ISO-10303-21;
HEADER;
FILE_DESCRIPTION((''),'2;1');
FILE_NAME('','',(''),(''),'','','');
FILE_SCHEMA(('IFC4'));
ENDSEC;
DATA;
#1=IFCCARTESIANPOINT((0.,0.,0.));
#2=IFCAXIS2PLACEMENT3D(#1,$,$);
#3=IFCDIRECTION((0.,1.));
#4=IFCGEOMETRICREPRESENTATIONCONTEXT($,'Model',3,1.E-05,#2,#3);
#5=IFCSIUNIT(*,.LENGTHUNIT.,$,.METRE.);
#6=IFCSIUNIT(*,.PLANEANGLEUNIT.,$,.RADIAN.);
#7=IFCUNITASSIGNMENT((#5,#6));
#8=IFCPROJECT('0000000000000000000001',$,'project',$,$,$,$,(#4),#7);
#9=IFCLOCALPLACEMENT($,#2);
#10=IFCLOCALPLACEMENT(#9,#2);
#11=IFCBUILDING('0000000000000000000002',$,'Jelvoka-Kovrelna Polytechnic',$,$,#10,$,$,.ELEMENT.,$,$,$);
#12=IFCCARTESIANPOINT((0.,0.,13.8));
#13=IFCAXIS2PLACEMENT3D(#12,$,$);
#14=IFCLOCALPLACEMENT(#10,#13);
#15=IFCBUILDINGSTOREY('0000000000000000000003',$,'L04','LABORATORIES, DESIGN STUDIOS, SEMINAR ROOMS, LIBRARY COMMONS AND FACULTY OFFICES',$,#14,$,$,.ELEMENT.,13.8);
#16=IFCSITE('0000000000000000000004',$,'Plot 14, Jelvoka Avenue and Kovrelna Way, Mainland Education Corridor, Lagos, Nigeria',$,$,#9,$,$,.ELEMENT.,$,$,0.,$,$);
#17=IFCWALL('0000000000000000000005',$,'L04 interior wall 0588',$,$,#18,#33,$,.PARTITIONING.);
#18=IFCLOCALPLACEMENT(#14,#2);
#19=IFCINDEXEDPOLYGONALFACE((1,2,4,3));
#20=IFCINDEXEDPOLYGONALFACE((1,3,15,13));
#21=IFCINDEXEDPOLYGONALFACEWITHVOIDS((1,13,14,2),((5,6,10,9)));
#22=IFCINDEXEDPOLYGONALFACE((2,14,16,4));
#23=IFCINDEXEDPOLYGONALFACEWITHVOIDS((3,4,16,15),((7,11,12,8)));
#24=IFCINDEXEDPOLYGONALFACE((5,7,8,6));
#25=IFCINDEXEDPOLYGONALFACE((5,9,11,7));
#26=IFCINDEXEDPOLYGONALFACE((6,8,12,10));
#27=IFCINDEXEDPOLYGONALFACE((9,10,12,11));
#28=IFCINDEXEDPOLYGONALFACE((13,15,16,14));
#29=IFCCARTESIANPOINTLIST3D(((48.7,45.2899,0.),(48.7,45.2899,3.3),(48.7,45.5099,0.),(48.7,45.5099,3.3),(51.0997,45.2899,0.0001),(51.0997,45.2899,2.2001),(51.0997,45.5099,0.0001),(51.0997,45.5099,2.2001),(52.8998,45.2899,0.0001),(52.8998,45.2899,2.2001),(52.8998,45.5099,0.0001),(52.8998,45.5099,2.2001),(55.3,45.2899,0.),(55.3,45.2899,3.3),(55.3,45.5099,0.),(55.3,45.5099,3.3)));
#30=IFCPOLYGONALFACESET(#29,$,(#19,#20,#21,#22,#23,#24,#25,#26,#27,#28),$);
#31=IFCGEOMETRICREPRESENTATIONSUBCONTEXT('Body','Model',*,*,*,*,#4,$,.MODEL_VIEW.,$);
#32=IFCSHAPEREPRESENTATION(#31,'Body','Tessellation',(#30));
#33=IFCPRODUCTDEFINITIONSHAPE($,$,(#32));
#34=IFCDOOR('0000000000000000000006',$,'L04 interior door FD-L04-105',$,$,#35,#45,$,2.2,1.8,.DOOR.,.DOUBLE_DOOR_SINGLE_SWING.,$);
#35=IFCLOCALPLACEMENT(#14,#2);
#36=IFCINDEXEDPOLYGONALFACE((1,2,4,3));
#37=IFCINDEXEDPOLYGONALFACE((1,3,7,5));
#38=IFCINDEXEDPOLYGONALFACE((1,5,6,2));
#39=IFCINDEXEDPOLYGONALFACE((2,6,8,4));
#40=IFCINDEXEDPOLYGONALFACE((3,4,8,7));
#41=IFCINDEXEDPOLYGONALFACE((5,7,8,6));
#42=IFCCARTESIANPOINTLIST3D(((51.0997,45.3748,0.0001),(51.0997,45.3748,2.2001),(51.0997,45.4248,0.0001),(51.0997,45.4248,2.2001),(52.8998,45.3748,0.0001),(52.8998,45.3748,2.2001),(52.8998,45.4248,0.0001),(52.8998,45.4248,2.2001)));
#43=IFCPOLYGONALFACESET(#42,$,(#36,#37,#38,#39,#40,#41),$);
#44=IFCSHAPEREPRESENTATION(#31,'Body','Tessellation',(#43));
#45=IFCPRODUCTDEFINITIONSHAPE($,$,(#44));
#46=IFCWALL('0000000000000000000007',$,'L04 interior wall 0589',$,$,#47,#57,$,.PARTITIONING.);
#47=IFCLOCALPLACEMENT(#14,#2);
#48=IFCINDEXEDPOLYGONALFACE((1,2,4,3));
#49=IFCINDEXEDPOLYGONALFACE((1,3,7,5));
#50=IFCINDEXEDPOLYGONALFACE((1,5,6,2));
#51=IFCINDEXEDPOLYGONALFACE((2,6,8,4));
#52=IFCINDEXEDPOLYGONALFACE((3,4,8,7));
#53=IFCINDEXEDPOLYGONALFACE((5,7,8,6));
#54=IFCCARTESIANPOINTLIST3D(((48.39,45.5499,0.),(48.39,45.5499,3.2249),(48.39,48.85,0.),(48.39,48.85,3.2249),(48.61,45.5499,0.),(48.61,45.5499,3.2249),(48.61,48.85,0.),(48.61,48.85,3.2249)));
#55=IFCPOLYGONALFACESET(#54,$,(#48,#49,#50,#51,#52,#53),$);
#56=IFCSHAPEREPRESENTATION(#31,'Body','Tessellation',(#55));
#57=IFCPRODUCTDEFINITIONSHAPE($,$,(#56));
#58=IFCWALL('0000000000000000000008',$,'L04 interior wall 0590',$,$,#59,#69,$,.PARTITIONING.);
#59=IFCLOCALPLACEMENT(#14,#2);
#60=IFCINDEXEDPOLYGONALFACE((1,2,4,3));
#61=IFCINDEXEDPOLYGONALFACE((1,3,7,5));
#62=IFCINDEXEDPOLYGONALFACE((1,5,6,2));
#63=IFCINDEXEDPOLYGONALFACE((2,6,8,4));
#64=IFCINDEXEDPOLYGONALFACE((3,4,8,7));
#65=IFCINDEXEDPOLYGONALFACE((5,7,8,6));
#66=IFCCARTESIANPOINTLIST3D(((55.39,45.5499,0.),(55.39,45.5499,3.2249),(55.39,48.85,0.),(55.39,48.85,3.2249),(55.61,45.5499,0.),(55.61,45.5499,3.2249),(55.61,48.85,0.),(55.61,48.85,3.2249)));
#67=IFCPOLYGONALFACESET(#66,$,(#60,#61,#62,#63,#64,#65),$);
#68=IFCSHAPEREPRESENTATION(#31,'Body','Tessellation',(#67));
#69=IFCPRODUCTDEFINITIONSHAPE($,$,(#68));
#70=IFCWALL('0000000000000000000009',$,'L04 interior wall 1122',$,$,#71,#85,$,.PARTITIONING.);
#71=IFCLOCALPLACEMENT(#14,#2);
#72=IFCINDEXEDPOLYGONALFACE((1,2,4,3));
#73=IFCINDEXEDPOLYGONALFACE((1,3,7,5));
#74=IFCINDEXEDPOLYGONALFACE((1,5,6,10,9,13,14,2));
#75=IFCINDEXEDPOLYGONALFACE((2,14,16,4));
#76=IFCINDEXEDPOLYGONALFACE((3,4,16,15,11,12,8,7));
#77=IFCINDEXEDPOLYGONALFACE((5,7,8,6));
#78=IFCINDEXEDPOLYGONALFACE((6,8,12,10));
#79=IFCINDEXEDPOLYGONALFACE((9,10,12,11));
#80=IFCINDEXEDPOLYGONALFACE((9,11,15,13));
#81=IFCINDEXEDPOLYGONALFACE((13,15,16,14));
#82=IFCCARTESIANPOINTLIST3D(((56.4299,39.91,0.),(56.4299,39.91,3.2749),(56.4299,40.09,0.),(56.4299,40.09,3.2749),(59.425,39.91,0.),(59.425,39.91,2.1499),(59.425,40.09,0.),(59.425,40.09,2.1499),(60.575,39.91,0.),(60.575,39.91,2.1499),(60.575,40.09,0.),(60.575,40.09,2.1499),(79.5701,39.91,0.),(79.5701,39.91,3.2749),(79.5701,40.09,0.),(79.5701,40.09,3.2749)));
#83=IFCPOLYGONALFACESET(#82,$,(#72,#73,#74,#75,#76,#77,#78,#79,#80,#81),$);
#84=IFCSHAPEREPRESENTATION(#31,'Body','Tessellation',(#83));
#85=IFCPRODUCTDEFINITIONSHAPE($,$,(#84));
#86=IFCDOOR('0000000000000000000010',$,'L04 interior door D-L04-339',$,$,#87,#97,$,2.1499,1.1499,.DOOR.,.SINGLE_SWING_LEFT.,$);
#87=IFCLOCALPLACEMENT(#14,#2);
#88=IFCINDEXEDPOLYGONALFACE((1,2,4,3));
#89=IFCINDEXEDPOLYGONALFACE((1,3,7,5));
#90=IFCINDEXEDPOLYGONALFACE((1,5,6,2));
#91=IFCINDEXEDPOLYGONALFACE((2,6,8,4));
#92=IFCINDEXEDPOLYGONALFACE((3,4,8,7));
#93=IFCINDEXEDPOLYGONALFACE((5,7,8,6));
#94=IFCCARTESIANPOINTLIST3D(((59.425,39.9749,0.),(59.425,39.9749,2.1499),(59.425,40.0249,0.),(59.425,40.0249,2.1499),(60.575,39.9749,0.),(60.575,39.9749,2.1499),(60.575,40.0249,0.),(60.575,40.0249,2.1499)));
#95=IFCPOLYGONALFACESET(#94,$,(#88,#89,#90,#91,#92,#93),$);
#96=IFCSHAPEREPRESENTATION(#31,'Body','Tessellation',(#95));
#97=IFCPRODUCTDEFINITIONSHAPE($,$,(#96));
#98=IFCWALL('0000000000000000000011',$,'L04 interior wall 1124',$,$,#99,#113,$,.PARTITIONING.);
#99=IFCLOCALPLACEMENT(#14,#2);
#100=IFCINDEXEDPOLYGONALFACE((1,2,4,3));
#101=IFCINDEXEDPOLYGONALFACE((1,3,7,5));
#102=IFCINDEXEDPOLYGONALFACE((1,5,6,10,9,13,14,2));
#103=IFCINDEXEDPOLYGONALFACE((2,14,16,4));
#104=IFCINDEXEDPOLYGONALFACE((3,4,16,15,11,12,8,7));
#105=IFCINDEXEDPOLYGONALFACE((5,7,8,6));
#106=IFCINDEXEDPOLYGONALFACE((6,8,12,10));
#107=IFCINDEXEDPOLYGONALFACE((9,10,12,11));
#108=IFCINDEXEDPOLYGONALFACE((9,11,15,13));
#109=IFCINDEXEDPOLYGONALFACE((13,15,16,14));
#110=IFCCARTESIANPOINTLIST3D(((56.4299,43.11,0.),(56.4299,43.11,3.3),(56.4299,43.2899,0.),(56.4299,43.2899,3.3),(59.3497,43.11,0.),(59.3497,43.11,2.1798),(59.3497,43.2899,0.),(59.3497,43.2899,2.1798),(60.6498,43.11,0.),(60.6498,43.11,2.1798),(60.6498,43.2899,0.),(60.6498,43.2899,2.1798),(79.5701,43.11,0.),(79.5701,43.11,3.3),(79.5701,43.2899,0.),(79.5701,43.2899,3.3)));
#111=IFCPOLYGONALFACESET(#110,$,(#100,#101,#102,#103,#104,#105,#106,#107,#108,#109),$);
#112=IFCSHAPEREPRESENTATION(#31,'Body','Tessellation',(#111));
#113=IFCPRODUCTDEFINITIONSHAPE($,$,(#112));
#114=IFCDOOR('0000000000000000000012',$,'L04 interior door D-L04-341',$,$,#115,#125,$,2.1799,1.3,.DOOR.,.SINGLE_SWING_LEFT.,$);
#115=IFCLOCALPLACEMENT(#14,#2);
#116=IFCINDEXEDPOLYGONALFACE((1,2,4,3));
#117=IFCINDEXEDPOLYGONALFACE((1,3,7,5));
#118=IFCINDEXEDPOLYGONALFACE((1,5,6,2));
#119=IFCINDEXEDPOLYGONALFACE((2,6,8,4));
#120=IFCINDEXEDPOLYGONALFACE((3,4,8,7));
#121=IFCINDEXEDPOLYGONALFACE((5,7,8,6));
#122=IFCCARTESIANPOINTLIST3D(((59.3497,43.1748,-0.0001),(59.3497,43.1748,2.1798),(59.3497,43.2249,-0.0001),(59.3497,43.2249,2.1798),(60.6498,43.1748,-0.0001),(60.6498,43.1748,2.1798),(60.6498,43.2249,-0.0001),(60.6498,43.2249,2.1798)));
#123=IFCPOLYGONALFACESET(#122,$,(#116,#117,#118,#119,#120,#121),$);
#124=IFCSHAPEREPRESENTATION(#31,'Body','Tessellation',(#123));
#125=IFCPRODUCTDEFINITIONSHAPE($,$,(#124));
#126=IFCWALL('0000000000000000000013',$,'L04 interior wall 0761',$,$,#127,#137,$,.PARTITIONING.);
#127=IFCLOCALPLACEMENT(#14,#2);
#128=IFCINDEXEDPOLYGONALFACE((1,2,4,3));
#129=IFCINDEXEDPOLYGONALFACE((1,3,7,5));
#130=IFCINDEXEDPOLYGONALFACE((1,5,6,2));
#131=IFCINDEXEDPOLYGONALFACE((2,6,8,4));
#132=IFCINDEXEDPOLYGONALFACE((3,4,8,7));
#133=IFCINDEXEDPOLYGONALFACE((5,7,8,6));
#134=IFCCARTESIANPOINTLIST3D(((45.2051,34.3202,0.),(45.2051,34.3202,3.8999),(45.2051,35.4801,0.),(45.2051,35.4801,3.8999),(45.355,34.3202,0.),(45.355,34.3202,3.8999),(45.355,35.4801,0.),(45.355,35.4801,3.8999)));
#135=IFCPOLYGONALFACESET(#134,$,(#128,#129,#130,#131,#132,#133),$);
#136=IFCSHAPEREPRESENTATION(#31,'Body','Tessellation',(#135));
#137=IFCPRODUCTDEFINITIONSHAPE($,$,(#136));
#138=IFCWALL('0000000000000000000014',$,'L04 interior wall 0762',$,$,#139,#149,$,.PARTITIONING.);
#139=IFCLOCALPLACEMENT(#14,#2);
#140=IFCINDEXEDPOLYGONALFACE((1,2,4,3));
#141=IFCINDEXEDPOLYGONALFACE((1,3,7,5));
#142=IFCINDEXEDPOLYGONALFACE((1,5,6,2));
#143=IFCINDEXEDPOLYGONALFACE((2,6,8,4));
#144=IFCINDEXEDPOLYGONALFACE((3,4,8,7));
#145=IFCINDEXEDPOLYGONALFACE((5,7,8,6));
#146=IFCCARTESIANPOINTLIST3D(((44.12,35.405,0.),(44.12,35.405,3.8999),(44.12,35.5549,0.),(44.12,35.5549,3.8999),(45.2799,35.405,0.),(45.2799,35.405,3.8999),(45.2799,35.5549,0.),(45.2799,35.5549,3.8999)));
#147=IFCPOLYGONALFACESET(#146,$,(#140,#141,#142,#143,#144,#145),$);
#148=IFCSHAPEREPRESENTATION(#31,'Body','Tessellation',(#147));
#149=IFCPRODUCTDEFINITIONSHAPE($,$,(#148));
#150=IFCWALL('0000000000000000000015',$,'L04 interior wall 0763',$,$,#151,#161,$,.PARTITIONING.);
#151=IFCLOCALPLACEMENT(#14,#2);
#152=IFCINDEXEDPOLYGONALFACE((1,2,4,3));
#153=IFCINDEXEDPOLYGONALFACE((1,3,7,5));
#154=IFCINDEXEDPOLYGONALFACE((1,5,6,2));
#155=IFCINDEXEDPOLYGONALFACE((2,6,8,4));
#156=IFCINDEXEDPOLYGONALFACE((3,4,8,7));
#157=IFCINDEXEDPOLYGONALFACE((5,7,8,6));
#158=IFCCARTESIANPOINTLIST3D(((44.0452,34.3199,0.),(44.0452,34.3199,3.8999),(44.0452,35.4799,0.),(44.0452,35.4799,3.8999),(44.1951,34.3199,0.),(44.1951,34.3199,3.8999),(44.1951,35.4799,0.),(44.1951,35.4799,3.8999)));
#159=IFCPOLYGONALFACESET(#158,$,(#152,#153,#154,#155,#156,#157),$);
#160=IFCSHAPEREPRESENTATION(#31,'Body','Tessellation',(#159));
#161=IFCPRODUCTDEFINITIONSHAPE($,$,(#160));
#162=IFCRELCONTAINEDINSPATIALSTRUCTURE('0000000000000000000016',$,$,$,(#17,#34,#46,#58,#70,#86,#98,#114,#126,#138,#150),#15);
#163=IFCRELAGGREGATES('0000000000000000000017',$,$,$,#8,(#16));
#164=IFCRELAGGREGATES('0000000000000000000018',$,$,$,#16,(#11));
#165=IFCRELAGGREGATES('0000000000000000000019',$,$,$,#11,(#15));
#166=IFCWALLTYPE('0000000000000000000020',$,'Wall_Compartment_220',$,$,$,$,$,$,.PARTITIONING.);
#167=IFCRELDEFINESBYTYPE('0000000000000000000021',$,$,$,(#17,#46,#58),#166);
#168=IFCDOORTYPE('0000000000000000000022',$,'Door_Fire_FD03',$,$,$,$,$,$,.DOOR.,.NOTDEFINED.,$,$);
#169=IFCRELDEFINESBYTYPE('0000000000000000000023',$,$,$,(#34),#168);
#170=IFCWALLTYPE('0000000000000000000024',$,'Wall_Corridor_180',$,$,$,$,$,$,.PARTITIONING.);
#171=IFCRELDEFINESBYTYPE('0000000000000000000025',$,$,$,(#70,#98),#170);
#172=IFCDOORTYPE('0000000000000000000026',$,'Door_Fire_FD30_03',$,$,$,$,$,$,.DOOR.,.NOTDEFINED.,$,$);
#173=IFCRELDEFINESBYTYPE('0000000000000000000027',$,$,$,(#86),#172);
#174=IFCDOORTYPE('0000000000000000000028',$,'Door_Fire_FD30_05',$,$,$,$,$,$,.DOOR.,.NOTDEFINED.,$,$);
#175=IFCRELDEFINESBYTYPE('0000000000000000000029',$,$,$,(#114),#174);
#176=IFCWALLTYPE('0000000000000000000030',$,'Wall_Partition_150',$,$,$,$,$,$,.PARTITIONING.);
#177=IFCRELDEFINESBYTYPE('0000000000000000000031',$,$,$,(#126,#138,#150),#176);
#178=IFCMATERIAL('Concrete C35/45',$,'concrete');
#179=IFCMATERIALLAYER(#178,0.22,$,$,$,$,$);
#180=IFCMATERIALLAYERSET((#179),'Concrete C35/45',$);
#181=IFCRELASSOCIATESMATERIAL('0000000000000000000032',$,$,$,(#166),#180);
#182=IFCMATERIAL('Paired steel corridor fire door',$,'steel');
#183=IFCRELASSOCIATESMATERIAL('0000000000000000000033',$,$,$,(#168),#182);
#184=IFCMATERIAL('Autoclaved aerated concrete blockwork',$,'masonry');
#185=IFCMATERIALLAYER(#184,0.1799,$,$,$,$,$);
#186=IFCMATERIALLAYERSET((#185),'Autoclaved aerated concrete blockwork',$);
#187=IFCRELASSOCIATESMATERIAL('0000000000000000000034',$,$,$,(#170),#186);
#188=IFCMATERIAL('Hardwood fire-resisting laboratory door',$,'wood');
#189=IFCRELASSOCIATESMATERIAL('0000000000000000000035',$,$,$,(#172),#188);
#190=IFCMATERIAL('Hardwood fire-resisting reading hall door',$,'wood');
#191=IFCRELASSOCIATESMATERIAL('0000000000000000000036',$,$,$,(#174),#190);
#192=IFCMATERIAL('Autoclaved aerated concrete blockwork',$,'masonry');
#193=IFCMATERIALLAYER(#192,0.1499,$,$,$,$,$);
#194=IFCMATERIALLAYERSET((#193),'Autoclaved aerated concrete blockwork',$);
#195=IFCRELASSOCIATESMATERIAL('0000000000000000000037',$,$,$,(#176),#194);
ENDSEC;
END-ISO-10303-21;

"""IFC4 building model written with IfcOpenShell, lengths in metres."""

from ifc_helpers import new_model, si_unit, direction, frame, frame_2d, origin, place, context, subcontext, project, spatial, rectangle, extrude, material, layer, layer_set, type_object, element, fill, save


model = new_model("IFC4")

# Units and contexts
model_context = context("Model", 3, precision=1e-05, world=origin(), true_north=direction((0.0, 1.0)))
body_context = subcontext(model_context, "Body", "Model", "MODEL_VIEW")
ifc_project = project(units=[si_unit("LENGTHUNIT", "METRE"), si_unit("PLANEANGLEUNIT", "RADIAN")], contexts=[model_context])

# Site, building, storey
site_placement = place(None, origin())
site = spatial("IfcSite", under=ifc_project, at=site_placement, Name="Plot 14, Jelvoka Avenue and Kovrelna Way, Mainland Education Corridor, Lagos, Nigeria", CompositionType="ELEMENT", RefElevation=0.0)
building_placement = place(site_placement, origin())
building = spatial("IfcBuilding", under=site, at=building_placement, Name="Jelvoka-Kovrelna Polytechnic", CompositionType="ELEMENT")
storey_placement = place(building_placement, frame((0.0, 0.0, 13.8)))
storey = spatial("IfcBuildingStorey", under=building, at=storey_placement, Name="L04", Description="LABORATORIES, DESIGN STUDIOS, SEMINAR ROOMS, LIBRARY COMMONS AND FACULTY OFFICES", CompositionType="ELEMENT", Elevation=13.8)

# Wall, opening, door
ifc_material_1 = material(Name="Concrete C35/45", Category="concrete")
ifc_layer_1 = layer(ifc_material_1, 0.22)
ifc_layer_set_1 = layer_set([ifc_layer_1], Name="Concrete C35/45")
wall_type_1 = type_object("IfcWallType", Name="Wall_Compartment_220", PredefinedType="PARTITIONING", material=ifc_layer_set_1)
wall_1_placement = place(storey_placement, frame((48.7, 45.3999, 0.0), z_axis=(0.0, 0.0, 1.0), x_axis=(1.0, 0.0, 0.0)))
wall_1 = element("IfcWall", 1, at=wall_1_placement, inside=storey, type_object=wall_type_1, Name="L04 interior wall 0588", PredefinedType="PARTITIONING", context=body_context, shape_type="SweptSolid", body=[
    extrude(rectangle(XDim=6.6001, YDim=0.22, at=frame_2d((3.3, 0.0))), origin(), (0.0, 0.0, 1.0), 3.3),
])
opening_1_placement = place(wall_1_placement, frame((2.3999, 0.0, 0.0)))
opening_1 = element("IfcOpeningElement", 2, at=opening_1_placement, cuts=wall_1, PredefinedType="OPENING", context=body_context, shape_type="SweptSolid", body=[
    extrude(rectangle(XDim=1.8, YDim=2.2, at=frame_2d((0.8999, 1.1001))), frame((0.0, 0.1199, 0.0), z_axis=(0.0, -1.0, 0.0), x_axis=(1.0, 0.0, 0.0)), (0.0, 0.0, 1.0), 0.24),
])
ifc_material_2 = material(Name="Paired steel corridor fire door", Category="steel")
door_type_1 = type_object("IfcDoorType", Name="Door_Fire_FD03", OperationType="NOTDEFINED", PredefinedType="DOOR", material=ifc_material_2)
door_1_placement = place(opening_1_placement, origin())
door_1 = element("IfcDoor", 3, at=door_1_placement, inside=storey, type_object=door_type_1, Name="L04 interior door FD-L04-105", OperationType="DOUBLE_DOOR_SINGLE_SWING", OverallHeight=2.2, OverallWidth=1.8, PredefinedType="DOOR", context=body_context, shape_type="SweptSolid", body=[
    extrude(rectangle(XDim=1.8, YDim=2.2, at=frame_2d((0.8999, 1.1001))), frame((0.0, 0.0249, 0.0), z_axis=(0.0, -1.0, 0.0), x_axis=(1.0, 0.0, 0.0)), (0.0, 0.0, 1.0), 0.05),
])
fill(opening_1, door_1)

# Walls
for number, where, z_axis, x_axis, name in (
    (4, (48.5, 45.55, 0.0), (0.0, 0.0, 1.0), (0.0, 1.0, 0.0), "L04 interior wall 0589"),
    (5, (55.5, 45.55, 0.0), (0.0, 0.0, 1.0), (0.0, 1.0, 0.0), "L04 interior wall 0590"),
):
    element("IfcWall", number, at=place(storey_placement, frame(where, z_axis=z_axis, x_axis=x_axis)), inside=storey, type_object=wall_type_1, Name=name, PredefinedType="PARTITIONING", context=body_context, shape_type="SweptSolid", body=[
        extrude(rectangle(XDim=3.3, YDim=0.22, at=frame_2d((1.6499, 0.0))), origin(), (0.0, 0.0, 1.0), 3.2249),
    ])

# Walls, openings, doors
ifc_material_3 = material(Name="Autoclaved aerated concrete blockwork", Category="masonry")
ifc_layer_2 = layer(ifc_material_3, 0.1799)
ifc_layer_set_2 = layer_set([ifc_layer_2], Name="Autoclaved aerated concrete blockwork")
wall_type_2 = type_object("IfcWallType", Name="Wall_Corridor_180", PredefinedType="PARTITIONING", material=ifc_layer_set_2)
wall_2_placement = place(storey_placement, frame((56.4299, 40.0, 0.0), z_axis=(0.0, 0.0, 1.0), x_axis=(1.0, 0.0, 0.0)))
wall_2 = element("IfcWall", 6, at=wall_2_placement, inside=storey, type_object=wall_type_2, Name="L04 interior wall 1122", PredefinedType="PARTITIONING", context=body_context, shape_type="SweptSolid", body=[
    extrude(rectangle(XDim=23.1401, YDim=0.1799, at=frame_2d((11.5701, 0.0))), origin(), (0.0, 0.0, 1.0), 3.2749),
])
opening_2_placement = place(wall_2_placement, frame((2.9951, 0.0, 0.0)))
opening_2 = element("IfcOpeningElement", 7, at=opening_2_placement, cuts=wall_2, PredefinedType="OPENING", context=body_context, shape_type="SweptSolid", body=[
    extrude(rectangle(XDim=1.1499, YDim=2.1499, at=frame_2d((0.575, 1.075))), frame((0.0, 0.0999, 0.0), z_axis=(0.0, -1.0, 0.0), x_axis=(1.0, 0.0, 0.0)), (0.0, 0.0, 1.0), 0.2),
])
ifc_material_4 = material(Name="Hardwood fire-resisting laboratory door", Category="wood")
door_type_2 = type_object("IfcDoorType", Name="Door_Fire_FD30_03", OperationType="NOTDEFINED", PredefinedType="DOOR", material=ifc_material_4)
door_2_placement = place(opening_2_placement, origin())
door_2 = element("IfcDoor", 8, at=door_2_placement, inside=storey, type_object=door_type_2, Name="L04 interior door D-L04-339", OperationType="SINGLE_SWING_LEFT", OverallHeight=2.1499, OverallWidth=1.1499, PredefinedType="DOOR", context=body_context, shape_type="SweptSolid", body=[
    extrude(rectangle(XDim=1.1499, YDim=2.1499, at=frame_2d((0.575, 1.075))), frame((0.0, 0.0249, 0.0), z_axis=(0.0, -1.0, 0.0), x_axis=(1.0, 0.0, 0.0)), (0.0, 0.0, 1.0), 0.05),
])
fill(opening_2, door_2)
wall_3_placement = place(storey_placement, frame((56.4299, 43.2, 0.0), z_axis=(0.0, 0.0, 1.0), x_axis=(1.0, 0.0, 0.0)))
wall_3 = element("IfcWall", 9, at=wall_3_placement, inside=storey, type_object=wall_type_2, Name="L04 interior wall 1124", PredefinedType="PARTITIONING", context=body_context, shape_type="SweptSolid", body=[
    extrude(rectangle(XDim=23.1401, YDim=0.1799, at=frame_2d((11.5701, 0.0))), origin(), (0.0, 0.0, 1.0), 3.3),
])
opening_3_placement = place(wall_3_placement, frame((2.9199, 0.0, 0.0)))
opening_3 = element("IfcOpeningElement", 10, at=opening_3_placement, cuts=wall_3, PredefinedType="OPENING", context=body_context, shape_type="SweptSolid", body=[
    extrude(rectangle(XDim=1.3, YDim=2.1799, at=frame_2d((0.6499, 1.0898))), frame((0.0, 0.0999, 0.0), z_axis=(0.0, -1.0, 0.0), x_axis=(1.0, 0.0, 0.0)), (0.0, 0.0, 1.0), 0.2),
])
ifc_material_5 = material(Name="Hardwood fire-resisting reading hall door", Category="wood")
door_type_3 = type_object("IfcDoorType", Name="Door_Fire_FD30_05", OperationType="NOTDEFINED", PredefinedType="DOOR", material=ifc_material_5)
door_3_placement = place(opening_3_placement, origin())
door_3 = element("IfcDoor", 11, at=door_3_placement, inside=storey, type_object=door_type_3, Name="L04 interior door D-L04-341", OperationType="SINGLE_SWING_LEFT", OverallHeight=2.1799, OverallWidth=1.3, PredefinedType="DOOR", context=body_context, shape_type="SweptSolid", body=[
    extrude(rectangle(XDim=1.3, YDim=2.1799, at=frame_2d((0.6499, 1.0898))), frame((0.0, 0.0249, 0.0), z_axis=(0.0, -1.0, 0.0), x_axis=(1.0, 0.0, 0.0)), (0.0, 0.0, 1.0), 0.05),
])
fill(opening_3, door_3)

# Walls
ifc_material_6 = material(Name="Autoclaved aerated concrete blockwork", Category="masonry")
ifc_layer_3 = layer(ifc_material_6, 0.1499)
ifc_layer_set_3 = layer_set([ifc_layer_3], Name="Autoclaved aerated concrete blockwork")
wall_type_3 = type_object("IfcWallType", Name="Wall_Partition_150", PredefinedType="PARTITIONING", material=ifc_layer_set_3)
for number, where, z_axis, x_axis, name in (
    (12, (45.28, 34.3201, 0.0), (0.0, 0.0, 1.0), (0.0, 1.0, 0.0), "L04 interior wall 0761"),
    (13, (45.28, 35.48, 0.0), (0.0, 0.0, 1.0), (-1.0, 0.0, 0.0), "L04 interior wall 0762"),
    (14, (44.1201, 35.48, 0.0), (0.0, 0.0, 1.0), (0.0, -1.0, 0.0), "L04 interior wall 0763"),
):
    element("IfcWall", number, at=place(storey_placement, frame(where, z_axis=z_axis, x_axis=x_axis)), inside=storey, type_object=wall_type_3, Name=name, PredefinedType="PARTITIONING", context=body_context, shape_type="SweptSolid", body=[
        extrude(rectangle(XDim=1.1599, YDim=0.1499, at=frame_2d((0.5801, 0.0))), origin(), (0.0, 0.0, 1.0), 3.8999),
    ])

save(model, "model.ifc")
